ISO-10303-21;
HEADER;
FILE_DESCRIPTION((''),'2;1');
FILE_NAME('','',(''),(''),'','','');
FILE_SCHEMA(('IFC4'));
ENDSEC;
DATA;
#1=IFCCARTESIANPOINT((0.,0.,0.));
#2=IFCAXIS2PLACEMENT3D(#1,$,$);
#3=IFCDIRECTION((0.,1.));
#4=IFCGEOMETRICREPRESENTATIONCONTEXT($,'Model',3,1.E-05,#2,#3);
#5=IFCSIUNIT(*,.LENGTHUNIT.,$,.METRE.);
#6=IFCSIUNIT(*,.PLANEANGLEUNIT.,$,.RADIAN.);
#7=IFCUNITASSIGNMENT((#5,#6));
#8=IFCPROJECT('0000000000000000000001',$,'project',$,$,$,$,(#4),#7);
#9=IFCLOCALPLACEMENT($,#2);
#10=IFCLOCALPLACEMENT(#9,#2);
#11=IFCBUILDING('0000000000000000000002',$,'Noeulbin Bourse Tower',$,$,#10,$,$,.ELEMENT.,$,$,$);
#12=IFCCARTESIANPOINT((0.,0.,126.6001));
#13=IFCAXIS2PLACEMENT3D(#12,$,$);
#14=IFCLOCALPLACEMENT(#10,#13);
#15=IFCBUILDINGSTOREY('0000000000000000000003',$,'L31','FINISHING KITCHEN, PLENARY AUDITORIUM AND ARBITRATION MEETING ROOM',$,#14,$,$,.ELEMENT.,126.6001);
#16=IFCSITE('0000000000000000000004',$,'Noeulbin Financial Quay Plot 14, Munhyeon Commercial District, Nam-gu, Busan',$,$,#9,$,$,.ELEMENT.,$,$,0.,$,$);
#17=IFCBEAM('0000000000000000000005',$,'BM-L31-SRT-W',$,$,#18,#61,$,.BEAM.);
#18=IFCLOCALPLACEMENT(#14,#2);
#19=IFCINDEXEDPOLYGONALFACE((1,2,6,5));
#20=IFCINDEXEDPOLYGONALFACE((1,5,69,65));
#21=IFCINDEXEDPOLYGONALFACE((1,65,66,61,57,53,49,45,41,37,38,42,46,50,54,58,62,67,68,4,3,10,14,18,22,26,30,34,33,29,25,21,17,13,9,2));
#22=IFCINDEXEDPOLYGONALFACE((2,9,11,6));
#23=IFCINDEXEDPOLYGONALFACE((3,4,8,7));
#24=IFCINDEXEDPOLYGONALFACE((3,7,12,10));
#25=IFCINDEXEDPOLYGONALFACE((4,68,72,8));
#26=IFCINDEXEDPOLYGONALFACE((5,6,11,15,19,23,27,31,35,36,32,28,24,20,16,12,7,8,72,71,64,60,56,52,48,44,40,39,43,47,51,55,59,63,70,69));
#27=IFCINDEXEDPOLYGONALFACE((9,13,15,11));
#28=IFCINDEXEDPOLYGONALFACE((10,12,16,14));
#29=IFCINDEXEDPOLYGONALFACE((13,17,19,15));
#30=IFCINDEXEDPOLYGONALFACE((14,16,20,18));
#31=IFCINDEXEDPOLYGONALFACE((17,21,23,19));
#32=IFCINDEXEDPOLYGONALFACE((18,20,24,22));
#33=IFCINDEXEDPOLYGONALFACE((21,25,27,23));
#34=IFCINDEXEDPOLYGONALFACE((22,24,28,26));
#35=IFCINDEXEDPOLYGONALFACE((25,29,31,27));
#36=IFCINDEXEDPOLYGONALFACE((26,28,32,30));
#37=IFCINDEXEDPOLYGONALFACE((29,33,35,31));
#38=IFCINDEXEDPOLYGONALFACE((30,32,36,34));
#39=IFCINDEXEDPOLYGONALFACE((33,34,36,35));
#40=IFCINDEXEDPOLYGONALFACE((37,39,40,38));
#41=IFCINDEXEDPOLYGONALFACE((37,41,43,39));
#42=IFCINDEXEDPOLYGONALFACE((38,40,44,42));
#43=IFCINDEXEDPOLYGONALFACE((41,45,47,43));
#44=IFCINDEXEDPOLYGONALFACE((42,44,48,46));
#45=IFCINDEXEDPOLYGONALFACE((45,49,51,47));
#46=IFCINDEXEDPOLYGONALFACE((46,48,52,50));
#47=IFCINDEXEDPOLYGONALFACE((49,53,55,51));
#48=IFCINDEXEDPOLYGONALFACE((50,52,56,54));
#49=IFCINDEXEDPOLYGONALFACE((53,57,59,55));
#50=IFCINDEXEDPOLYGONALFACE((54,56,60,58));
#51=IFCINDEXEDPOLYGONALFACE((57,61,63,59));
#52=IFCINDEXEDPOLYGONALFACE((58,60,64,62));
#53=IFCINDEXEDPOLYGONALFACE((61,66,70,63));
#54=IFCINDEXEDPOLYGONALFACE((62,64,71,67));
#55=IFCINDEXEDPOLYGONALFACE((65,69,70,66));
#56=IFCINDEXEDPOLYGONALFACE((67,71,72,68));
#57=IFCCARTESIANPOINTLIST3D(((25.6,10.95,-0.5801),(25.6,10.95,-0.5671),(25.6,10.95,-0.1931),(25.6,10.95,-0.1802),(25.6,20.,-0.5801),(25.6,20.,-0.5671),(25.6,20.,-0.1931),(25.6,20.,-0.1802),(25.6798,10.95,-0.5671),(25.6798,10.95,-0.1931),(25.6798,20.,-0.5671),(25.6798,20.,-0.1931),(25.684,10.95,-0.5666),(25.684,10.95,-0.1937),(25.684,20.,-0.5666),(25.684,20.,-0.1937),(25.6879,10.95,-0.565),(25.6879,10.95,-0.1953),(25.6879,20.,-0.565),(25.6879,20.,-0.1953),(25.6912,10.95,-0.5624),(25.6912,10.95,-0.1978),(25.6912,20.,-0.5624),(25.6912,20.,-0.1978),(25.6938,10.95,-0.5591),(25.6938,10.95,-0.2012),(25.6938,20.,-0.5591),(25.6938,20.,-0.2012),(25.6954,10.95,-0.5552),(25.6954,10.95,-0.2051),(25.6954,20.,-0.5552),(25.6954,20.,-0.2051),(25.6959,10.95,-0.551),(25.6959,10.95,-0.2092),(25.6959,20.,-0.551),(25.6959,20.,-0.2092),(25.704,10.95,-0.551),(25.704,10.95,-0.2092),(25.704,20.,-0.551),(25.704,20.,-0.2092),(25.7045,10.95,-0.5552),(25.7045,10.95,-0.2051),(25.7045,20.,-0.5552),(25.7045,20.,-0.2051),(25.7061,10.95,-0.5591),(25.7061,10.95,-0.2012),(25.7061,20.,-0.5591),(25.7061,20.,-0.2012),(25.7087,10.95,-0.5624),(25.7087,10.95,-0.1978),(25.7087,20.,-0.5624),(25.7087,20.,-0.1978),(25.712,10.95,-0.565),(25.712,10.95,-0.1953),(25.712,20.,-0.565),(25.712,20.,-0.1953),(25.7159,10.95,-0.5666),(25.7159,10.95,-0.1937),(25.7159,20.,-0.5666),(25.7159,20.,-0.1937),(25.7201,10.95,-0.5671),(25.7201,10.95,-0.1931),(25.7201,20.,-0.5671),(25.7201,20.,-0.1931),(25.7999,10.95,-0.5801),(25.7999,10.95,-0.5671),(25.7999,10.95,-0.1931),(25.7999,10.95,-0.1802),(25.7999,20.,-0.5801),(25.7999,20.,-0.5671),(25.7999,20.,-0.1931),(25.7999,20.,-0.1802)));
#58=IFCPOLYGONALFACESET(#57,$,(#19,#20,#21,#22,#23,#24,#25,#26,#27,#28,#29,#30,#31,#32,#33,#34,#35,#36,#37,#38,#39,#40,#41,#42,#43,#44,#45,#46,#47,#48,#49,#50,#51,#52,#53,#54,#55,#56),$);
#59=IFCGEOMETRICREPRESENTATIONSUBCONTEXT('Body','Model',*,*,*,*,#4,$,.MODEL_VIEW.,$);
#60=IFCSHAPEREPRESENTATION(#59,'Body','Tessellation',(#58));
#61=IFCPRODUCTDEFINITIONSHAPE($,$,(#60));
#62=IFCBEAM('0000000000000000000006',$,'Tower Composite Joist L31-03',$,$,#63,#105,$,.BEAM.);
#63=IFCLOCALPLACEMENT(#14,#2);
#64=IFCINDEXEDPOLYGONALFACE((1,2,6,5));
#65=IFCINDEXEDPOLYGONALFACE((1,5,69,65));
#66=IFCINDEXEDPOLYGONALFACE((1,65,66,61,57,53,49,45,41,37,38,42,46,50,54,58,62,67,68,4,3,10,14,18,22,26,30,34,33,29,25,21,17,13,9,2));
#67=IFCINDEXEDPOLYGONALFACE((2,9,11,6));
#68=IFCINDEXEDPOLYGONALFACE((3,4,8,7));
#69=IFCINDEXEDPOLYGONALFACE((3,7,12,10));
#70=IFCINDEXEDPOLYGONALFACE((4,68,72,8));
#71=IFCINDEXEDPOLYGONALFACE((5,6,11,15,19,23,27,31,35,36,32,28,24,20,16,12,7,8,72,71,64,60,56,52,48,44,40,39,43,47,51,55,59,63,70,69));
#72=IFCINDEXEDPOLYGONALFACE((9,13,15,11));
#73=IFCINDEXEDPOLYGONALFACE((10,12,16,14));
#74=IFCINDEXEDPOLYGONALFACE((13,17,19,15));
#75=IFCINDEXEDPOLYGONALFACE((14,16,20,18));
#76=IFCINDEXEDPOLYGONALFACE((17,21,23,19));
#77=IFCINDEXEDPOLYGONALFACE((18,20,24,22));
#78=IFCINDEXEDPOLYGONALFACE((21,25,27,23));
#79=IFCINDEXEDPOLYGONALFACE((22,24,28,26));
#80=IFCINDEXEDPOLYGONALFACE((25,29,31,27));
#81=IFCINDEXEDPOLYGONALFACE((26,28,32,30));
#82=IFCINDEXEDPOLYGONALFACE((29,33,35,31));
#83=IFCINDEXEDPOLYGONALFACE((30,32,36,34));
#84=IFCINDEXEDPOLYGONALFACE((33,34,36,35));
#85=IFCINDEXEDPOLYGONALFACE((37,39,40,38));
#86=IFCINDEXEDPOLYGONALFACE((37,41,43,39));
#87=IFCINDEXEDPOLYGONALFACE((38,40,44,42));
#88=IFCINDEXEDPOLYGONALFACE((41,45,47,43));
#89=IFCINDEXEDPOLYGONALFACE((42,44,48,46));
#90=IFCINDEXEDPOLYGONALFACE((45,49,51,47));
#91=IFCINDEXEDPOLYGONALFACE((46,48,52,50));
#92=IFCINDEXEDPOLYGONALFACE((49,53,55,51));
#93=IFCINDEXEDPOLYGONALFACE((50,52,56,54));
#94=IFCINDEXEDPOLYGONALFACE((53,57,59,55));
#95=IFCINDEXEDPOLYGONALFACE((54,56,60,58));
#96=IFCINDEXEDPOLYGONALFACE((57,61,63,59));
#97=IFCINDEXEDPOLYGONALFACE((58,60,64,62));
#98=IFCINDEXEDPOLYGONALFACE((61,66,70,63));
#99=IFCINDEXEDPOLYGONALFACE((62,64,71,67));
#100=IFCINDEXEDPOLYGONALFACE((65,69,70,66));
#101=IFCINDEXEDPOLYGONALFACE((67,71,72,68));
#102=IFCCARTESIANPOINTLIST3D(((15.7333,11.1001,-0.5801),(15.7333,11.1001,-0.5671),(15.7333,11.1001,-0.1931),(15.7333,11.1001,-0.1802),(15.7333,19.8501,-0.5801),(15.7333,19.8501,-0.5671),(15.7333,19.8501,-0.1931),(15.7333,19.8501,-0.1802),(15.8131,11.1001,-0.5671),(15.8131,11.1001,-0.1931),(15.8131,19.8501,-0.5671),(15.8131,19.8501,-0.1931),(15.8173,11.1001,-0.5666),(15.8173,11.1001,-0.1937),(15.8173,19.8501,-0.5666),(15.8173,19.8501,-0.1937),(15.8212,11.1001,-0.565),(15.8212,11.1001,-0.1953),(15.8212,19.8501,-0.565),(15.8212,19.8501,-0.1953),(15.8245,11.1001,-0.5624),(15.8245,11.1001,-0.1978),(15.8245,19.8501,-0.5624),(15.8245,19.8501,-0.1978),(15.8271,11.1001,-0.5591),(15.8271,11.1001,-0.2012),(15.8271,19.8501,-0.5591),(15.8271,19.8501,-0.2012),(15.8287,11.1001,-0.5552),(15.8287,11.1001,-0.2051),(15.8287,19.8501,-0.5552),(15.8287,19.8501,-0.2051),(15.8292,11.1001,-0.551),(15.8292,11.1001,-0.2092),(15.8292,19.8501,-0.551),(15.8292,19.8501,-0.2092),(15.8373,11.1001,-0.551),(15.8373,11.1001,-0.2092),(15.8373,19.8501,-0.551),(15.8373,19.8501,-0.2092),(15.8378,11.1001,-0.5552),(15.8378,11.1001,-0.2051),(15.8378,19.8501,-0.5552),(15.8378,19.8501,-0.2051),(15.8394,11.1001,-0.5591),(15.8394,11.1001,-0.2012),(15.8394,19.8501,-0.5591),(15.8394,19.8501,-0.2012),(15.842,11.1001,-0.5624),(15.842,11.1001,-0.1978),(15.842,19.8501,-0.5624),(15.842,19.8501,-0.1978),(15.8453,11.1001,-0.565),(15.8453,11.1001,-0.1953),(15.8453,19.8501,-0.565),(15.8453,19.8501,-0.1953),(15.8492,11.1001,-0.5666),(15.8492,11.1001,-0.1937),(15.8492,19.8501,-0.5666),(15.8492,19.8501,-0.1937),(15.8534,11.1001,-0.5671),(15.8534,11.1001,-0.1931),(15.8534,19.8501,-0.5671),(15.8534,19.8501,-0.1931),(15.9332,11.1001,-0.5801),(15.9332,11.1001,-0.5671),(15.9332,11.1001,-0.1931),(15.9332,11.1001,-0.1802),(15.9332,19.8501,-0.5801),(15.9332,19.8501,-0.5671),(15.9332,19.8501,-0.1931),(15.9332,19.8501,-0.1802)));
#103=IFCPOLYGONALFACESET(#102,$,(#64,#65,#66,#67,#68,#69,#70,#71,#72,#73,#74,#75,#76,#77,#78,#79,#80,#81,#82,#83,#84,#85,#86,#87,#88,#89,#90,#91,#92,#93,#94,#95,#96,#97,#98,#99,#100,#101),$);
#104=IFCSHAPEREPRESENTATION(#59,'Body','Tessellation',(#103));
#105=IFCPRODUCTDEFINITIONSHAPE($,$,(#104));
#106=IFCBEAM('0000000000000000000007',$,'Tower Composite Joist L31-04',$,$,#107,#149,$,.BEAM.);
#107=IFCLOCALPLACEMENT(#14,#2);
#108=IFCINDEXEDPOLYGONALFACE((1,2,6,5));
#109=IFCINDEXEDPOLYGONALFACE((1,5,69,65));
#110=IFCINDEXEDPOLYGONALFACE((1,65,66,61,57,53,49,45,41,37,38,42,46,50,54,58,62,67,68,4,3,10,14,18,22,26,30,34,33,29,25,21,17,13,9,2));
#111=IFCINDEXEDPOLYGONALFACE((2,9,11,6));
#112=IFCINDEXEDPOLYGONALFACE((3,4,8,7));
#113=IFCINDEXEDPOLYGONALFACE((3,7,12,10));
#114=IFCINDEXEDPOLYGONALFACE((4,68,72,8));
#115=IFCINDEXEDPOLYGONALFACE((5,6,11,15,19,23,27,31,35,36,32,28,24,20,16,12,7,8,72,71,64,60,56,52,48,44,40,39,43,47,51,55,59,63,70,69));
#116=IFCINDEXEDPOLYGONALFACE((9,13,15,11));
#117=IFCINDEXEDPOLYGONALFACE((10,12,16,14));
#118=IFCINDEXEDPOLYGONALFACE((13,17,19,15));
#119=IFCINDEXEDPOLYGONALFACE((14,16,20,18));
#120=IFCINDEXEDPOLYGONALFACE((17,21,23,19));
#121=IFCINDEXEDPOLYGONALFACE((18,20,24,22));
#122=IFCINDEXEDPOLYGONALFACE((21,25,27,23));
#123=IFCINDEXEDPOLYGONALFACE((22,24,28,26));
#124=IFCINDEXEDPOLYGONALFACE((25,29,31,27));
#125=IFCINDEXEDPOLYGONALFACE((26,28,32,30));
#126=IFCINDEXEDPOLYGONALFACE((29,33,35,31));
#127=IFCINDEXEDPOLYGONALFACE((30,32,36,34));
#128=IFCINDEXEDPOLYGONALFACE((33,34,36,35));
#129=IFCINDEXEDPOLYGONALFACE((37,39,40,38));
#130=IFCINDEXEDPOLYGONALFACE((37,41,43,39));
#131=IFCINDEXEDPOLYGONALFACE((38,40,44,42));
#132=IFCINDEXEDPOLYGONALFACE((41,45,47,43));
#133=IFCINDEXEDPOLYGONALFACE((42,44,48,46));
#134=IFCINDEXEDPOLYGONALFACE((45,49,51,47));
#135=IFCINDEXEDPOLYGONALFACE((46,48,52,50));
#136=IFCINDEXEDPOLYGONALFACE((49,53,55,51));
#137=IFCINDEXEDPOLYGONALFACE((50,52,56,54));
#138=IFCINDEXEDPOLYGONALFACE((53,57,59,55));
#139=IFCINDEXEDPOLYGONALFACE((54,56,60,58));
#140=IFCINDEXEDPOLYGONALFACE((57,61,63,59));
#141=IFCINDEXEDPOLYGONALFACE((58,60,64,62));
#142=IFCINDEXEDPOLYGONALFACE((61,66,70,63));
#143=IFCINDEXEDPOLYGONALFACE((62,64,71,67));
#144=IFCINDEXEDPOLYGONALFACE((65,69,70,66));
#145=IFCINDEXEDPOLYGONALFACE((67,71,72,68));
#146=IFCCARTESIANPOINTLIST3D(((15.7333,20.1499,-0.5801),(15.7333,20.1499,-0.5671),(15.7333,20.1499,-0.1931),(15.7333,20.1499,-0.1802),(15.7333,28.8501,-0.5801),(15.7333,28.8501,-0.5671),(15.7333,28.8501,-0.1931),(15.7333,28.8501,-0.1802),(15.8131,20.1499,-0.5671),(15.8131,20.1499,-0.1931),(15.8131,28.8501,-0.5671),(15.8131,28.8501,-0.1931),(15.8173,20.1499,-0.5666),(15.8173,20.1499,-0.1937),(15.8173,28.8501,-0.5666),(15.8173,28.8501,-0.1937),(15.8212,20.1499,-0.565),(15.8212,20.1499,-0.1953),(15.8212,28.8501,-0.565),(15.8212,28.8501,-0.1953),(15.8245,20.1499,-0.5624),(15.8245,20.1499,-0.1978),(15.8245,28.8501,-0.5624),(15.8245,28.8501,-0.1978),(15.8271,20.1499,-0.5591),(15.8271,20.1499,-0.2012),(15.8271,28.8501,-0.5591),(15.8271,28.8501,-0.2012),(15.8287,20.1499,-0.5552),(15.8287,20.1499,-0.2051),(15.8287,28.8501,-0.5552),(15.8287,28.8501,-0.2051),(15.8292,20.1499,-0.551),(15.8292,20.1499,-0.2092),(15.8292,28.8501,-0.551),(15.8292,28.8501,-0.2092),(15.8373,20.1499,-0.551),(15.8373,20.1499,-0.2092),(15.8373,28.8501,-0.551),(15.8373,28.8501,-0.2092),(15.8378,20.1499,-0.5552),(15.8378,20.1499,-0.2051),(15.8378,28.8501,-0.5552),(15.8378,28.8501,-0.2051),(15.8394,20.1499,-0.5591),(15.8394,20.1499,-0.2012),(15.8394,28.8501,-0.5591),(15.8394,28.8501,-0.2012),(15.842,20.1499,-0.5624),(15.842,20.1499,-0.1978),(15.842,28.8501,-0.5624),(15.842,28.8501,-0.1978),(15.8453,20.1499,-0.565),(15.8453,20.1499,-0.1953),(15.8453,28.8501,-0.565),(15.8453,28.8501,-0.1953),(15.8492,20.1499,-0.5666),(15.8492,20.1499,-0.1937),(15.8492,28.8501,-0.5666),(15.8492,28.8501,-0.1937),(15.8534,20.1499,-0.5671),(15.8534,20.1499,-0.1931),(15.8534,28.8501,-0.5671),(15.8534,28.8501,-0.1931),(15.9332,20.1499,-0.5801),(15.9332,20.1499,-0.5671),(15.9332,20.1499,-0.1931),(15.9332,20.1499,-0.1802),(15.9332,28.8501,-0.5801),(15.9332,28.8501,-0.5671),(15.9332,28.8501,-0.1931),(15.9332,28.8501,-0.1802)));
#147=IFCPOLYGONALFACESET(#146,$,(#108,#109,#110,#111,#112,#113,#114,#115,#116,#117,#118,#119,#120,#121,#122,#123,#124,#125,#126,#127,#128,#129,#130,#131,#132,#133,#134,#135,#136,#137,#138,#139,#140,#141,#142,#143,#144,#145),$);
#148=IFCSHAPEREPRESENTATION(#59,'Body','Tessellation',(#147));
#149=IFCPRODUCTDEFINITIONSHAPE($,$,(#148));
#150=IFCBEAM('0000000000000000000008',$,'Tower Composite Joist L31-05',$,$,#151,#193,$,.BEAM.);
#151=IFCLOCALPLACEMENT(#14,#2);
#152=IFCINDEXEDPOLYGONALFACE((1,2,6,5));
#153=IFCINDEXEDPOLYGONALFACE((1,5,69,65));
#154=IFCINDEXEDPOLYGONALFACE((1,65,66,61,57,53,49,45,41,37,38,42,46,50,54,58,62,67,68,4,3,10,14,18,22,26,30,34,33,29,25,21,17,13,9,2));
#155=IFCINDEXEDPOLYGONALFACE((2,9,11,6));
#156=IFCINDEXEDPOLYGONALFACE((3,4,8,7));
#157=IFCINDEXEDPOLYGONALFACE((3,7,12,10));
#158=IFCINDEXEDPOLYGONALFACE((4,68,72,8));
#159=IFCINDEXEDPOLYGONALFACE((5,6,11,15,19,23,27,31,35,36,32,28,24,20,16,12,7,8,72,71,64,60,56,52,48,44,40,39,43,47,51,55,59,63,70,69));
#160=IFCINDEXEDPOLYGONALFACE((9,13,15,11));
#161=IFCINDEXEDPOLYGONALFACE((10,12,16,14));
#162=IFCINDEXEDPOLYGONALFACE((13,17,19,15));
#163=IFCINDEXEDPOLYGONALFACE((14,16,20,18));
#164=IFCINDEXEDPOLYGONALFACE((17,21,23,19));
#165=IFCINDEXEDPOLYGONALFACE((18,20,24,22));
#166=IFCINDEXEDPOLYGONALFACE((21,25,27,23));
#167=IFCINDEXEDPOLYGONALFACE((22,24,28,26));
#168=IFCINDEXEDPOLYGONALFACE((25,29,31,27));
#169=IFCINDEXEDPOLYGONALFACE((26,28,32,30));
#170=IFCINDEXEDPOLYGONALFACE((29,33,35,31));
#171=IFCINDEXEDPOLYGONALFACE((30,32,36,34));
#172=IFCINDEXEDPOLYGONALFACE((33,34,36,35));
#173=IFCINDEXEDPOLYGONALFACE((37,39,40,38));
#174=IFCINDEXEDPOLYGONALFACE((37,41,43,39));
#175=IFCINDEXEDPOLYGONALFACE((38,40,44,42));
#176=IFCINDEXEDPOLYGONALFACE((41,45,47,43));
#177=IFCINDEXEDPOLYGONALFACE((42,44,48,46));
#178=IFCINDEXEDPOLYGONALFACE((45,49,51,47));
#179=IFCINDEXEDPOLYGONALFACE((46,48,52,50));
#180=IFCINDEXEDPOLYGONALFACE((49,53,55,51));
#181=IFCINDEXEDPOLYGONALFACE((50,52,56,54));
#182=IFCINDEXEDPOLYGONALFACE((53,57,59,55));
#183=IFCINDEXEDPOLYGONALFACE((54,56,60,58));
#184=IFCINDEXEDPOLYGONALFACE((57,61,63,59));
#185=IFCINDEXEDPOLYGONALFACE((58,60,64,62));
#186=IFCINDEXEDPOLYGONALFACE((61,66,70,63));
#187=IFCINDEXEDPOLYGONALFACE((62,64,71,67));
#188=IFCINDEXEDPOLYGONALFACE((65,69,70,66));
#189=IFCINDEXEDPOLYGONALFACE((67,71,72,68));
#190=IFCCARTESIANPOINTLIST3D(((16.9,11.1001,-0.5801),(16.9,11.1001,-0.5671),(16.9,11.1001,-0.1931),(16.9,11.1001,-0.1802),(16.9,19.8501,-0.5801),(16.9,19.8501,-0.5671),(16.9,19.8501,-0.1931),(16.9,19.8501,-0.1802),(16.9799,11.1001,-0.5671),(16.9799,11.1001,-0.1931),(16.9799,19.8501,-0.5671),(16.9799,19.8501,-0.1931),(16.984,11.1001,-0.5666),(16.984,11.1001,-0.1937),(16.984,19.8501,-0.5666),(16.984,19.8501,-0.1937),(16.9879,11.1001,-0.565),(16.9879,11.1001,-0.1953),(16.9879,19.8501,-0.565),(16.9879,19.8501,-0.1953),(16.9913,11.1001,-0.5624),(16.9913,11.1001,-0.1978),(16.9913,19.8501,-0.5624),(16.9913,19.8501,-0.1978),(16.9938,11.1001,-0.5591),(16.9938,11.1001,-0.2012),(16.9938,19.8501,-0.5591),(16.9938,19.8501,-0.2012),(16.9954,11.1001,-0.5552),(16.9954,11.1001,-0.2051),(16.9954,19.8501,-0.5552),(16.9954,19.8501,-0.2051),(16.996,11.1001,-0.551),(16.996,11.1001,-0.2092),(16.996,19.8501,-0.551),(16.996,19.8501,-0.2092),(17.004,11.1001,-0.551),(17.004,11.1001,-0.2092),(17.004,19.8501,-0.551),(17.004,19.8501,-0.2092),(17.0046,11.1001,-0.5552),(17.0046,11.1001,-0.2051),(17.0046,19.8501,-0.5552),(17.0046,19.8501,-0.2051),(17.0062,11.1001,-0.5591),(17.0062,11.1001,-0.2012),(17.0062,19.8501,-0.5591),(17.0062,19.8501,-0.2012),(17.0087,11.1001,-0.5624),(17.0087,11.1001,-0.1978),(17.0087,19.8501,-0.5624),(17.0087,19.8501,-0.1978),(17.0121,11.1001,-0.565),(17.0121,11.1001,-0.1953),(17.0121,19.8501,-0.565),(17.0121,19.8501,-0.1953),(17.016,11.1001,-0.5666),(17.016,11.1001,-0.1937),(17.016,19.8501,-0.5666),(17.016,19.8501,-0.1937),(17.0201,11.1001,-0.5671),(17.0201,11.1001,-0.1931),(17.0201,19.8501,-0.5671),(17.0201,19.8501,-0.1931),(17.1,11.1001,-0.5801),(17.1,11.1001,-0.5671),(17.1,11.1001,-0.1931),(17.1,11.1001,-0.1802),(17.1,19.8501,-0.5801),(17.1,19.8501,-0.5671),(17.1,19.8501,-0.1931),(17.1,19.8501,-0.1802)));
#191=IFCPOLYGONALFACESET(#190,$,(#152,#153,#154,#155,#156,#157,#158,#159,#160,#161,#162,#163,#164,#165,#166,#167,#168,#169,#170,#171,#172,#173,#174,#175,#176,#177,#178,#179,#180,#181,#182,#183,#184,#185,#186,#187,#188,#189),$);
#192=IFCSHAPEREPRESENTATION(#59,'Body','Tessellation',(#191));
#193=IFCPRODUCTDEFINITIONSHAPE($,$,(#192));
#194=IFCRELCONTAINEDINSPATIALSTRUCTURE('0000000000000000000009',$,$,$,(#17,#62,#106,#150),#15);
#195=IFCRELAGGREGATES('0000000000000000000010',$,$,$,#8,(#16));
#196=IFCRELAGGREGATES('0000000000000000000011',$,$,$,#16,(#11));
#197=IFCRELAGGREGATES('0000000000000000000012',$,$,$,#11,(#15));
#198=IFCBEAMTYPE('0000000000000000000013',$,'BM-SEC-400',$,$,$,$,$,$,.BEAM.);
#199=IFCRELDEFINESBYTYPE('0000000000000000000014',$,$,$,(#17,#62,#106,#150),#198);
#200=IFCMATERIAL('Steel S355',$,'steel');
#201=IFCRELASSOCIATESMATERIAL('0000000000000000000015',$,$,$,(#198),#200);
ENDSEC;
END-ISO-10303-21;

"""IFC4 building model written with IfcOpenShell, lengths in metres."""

from ifc_helpers import new_model, si_unit, direction, frame, origin, origin_2d, place, context, subcontext, project, spatial, i_section, extrude, material, material_profile, profile_set, type_object, element, save


model = new_model("IFC4")

# Units and contexts
model_context = context("Model", 3, precision=1e-05, world=origin(), true_north=direction((0.0, 1.0)))
body_context = subcontext(model_context, "Body", "Model", "MODEL_VIEW")
ifc_project = project(units=[si_unit("LENGTHUNIT", "METRE"), si_unit("PLANEANGLEUNIT", "RADIAN")], contexts=[model_context])

# Site, building, storey
site_placement = place(None, origin())
site = spatial("IfcSite", under=ifc_project, at=site_placement, Name="Noeulbin Financial Quay Plot 14, Munhyeon Commercial District, Nam-gu, Busan", CompositionType="ELEMENT", RefElevation=0.0)
building_placement = place(site_placement, origin())
building = spatial("IfcBuilding", under=site, at=building_placement, Name="Noeulbin Bourse Tower", CompositionType="ELEMENT")
storey_placement = place(building_placement, frame((0.0, 0.0, 126.6001)))
storey = spatial("IfcBuildingStorey", under=building, at=storey_placement, Name="L31", Description="FINISHING KITCHEN, PLENARY AUDITORIUM AND ARBITRATION MEETING ROOM", CompositionType="ELEMENT", Elevation=126.6001)

# Beams
ifc_material_1 = material(Name="Steel S355", Category="steel")
ifc_material_profile_1 = material_profile(ifc_material_1, i_section(OverallWidth=0.2, OverallDepth=0.3999, WebThickness=0.0081, FlangeThickness=0.0129, FilletRadius=0.0161, at=origin_2d()), Name="H-400x200x8x13", Category="LoadBearing")
ifc_profile_set_1 = profile_set([ifc_material_profile_1], Name="Steel S355")
beam_type_1 = type_object("IfcBeamType", Name="BM-SEC-400", PredefinedType="BEAM", material=ifc_profile_set_1)
beam_1_placement = place(storey_placement, frame((25.7, 10.95, -0.3801), z_axis=(0.0, 1.0, 0.0), x_axis=(-1.0, 0.0, 0.0)))
element("IfcBeam", 1, at=beam_1_placement, inside=storey, type_object=beam_type_1, Name="BM-L31-SRT-W", PredefinedType="BEAM", context=body_context, shape_type="SweptSolid", body=[
    extrude(i_section(OverallWidth=0.2, OverallDepth=0.3999, WebThickness=0.0081, FlangeThickness=0.0129, FilletRadius=0.0161, at=origin_2d()), origin(), (0.0, 0.0, 1.0), 9.05),
])
beam_2_placement = place(storey_placement, frame((15.8333, 11.1001, -0.3801), z_axis=(0.0, 1.0, 0.0), x_axis=(-1.0, 0.0, 0.0)))
element("IfcBeam", 2, at=beam_2_placement, inside=storey, type_object=beam_type_1, Name="Tower Composite Joist L31-03", PredefinedType="BEAM", context=body_context, shape_type="SweptSolid", body=[
    extrude(i_section(OverallWidth=0.2, OverallDepth=0.3999, WebThickness=0.0081, FlangeThickness=0.0129, FilletRadius=0.0161, at=origin_2d()), origin(), (0.0, 0.0, 1.0), 8.75),
])
beam_3_placement = place(storey_placement, frame((15.8333, 20.1499, -0.3801), z_axis=(0.0, 1.0, 0.0), x_axis=(-1.0, 0.0, 0.0)))
element("IfcBeam", 3, at=beam_3_placement, inside=storey, type_object=beam_type_1, Name="Tower Composite Joist L31-04", PredefinedType="BEAM", context=body_context, shape_type="SweptSolid", body=[
    extrude(i_section(OverallWidth=0.2, OverallDepth=0.3999, WebThickness=0.0081, FlangeThickness=0.0129, FilletRadius=0.0161, at=origin_2d()), origin(), (0.0, 0.0, 1.0), 8.7002),
])
beam_4_placement = place(storey_placement, frame((17.0, 11.1001, -0.3801), z_axis=(0.0, 1.0, 0.0), x_axis=(-1.0, 0.0, 0.0)))
element("IfcBeam", 4, at=beam_4_placement, inside=storey, type_object=beam_type_1, Name="Tower Composite Joist L31-05", PredefinedType="BEAM", context=body_context, shape_type="SweptSolid", body=[
    extrude(i_section(OverallWidth=0.2, OverallDepth=0.3999, WebThickness=0.0081, FlangeThickness=0.0129, FilletRadius=0.0161, at=origin_2d()), origin(), (0.0, 0.0, 1.0), 8.75),
])

save(model, "model.ifc")
